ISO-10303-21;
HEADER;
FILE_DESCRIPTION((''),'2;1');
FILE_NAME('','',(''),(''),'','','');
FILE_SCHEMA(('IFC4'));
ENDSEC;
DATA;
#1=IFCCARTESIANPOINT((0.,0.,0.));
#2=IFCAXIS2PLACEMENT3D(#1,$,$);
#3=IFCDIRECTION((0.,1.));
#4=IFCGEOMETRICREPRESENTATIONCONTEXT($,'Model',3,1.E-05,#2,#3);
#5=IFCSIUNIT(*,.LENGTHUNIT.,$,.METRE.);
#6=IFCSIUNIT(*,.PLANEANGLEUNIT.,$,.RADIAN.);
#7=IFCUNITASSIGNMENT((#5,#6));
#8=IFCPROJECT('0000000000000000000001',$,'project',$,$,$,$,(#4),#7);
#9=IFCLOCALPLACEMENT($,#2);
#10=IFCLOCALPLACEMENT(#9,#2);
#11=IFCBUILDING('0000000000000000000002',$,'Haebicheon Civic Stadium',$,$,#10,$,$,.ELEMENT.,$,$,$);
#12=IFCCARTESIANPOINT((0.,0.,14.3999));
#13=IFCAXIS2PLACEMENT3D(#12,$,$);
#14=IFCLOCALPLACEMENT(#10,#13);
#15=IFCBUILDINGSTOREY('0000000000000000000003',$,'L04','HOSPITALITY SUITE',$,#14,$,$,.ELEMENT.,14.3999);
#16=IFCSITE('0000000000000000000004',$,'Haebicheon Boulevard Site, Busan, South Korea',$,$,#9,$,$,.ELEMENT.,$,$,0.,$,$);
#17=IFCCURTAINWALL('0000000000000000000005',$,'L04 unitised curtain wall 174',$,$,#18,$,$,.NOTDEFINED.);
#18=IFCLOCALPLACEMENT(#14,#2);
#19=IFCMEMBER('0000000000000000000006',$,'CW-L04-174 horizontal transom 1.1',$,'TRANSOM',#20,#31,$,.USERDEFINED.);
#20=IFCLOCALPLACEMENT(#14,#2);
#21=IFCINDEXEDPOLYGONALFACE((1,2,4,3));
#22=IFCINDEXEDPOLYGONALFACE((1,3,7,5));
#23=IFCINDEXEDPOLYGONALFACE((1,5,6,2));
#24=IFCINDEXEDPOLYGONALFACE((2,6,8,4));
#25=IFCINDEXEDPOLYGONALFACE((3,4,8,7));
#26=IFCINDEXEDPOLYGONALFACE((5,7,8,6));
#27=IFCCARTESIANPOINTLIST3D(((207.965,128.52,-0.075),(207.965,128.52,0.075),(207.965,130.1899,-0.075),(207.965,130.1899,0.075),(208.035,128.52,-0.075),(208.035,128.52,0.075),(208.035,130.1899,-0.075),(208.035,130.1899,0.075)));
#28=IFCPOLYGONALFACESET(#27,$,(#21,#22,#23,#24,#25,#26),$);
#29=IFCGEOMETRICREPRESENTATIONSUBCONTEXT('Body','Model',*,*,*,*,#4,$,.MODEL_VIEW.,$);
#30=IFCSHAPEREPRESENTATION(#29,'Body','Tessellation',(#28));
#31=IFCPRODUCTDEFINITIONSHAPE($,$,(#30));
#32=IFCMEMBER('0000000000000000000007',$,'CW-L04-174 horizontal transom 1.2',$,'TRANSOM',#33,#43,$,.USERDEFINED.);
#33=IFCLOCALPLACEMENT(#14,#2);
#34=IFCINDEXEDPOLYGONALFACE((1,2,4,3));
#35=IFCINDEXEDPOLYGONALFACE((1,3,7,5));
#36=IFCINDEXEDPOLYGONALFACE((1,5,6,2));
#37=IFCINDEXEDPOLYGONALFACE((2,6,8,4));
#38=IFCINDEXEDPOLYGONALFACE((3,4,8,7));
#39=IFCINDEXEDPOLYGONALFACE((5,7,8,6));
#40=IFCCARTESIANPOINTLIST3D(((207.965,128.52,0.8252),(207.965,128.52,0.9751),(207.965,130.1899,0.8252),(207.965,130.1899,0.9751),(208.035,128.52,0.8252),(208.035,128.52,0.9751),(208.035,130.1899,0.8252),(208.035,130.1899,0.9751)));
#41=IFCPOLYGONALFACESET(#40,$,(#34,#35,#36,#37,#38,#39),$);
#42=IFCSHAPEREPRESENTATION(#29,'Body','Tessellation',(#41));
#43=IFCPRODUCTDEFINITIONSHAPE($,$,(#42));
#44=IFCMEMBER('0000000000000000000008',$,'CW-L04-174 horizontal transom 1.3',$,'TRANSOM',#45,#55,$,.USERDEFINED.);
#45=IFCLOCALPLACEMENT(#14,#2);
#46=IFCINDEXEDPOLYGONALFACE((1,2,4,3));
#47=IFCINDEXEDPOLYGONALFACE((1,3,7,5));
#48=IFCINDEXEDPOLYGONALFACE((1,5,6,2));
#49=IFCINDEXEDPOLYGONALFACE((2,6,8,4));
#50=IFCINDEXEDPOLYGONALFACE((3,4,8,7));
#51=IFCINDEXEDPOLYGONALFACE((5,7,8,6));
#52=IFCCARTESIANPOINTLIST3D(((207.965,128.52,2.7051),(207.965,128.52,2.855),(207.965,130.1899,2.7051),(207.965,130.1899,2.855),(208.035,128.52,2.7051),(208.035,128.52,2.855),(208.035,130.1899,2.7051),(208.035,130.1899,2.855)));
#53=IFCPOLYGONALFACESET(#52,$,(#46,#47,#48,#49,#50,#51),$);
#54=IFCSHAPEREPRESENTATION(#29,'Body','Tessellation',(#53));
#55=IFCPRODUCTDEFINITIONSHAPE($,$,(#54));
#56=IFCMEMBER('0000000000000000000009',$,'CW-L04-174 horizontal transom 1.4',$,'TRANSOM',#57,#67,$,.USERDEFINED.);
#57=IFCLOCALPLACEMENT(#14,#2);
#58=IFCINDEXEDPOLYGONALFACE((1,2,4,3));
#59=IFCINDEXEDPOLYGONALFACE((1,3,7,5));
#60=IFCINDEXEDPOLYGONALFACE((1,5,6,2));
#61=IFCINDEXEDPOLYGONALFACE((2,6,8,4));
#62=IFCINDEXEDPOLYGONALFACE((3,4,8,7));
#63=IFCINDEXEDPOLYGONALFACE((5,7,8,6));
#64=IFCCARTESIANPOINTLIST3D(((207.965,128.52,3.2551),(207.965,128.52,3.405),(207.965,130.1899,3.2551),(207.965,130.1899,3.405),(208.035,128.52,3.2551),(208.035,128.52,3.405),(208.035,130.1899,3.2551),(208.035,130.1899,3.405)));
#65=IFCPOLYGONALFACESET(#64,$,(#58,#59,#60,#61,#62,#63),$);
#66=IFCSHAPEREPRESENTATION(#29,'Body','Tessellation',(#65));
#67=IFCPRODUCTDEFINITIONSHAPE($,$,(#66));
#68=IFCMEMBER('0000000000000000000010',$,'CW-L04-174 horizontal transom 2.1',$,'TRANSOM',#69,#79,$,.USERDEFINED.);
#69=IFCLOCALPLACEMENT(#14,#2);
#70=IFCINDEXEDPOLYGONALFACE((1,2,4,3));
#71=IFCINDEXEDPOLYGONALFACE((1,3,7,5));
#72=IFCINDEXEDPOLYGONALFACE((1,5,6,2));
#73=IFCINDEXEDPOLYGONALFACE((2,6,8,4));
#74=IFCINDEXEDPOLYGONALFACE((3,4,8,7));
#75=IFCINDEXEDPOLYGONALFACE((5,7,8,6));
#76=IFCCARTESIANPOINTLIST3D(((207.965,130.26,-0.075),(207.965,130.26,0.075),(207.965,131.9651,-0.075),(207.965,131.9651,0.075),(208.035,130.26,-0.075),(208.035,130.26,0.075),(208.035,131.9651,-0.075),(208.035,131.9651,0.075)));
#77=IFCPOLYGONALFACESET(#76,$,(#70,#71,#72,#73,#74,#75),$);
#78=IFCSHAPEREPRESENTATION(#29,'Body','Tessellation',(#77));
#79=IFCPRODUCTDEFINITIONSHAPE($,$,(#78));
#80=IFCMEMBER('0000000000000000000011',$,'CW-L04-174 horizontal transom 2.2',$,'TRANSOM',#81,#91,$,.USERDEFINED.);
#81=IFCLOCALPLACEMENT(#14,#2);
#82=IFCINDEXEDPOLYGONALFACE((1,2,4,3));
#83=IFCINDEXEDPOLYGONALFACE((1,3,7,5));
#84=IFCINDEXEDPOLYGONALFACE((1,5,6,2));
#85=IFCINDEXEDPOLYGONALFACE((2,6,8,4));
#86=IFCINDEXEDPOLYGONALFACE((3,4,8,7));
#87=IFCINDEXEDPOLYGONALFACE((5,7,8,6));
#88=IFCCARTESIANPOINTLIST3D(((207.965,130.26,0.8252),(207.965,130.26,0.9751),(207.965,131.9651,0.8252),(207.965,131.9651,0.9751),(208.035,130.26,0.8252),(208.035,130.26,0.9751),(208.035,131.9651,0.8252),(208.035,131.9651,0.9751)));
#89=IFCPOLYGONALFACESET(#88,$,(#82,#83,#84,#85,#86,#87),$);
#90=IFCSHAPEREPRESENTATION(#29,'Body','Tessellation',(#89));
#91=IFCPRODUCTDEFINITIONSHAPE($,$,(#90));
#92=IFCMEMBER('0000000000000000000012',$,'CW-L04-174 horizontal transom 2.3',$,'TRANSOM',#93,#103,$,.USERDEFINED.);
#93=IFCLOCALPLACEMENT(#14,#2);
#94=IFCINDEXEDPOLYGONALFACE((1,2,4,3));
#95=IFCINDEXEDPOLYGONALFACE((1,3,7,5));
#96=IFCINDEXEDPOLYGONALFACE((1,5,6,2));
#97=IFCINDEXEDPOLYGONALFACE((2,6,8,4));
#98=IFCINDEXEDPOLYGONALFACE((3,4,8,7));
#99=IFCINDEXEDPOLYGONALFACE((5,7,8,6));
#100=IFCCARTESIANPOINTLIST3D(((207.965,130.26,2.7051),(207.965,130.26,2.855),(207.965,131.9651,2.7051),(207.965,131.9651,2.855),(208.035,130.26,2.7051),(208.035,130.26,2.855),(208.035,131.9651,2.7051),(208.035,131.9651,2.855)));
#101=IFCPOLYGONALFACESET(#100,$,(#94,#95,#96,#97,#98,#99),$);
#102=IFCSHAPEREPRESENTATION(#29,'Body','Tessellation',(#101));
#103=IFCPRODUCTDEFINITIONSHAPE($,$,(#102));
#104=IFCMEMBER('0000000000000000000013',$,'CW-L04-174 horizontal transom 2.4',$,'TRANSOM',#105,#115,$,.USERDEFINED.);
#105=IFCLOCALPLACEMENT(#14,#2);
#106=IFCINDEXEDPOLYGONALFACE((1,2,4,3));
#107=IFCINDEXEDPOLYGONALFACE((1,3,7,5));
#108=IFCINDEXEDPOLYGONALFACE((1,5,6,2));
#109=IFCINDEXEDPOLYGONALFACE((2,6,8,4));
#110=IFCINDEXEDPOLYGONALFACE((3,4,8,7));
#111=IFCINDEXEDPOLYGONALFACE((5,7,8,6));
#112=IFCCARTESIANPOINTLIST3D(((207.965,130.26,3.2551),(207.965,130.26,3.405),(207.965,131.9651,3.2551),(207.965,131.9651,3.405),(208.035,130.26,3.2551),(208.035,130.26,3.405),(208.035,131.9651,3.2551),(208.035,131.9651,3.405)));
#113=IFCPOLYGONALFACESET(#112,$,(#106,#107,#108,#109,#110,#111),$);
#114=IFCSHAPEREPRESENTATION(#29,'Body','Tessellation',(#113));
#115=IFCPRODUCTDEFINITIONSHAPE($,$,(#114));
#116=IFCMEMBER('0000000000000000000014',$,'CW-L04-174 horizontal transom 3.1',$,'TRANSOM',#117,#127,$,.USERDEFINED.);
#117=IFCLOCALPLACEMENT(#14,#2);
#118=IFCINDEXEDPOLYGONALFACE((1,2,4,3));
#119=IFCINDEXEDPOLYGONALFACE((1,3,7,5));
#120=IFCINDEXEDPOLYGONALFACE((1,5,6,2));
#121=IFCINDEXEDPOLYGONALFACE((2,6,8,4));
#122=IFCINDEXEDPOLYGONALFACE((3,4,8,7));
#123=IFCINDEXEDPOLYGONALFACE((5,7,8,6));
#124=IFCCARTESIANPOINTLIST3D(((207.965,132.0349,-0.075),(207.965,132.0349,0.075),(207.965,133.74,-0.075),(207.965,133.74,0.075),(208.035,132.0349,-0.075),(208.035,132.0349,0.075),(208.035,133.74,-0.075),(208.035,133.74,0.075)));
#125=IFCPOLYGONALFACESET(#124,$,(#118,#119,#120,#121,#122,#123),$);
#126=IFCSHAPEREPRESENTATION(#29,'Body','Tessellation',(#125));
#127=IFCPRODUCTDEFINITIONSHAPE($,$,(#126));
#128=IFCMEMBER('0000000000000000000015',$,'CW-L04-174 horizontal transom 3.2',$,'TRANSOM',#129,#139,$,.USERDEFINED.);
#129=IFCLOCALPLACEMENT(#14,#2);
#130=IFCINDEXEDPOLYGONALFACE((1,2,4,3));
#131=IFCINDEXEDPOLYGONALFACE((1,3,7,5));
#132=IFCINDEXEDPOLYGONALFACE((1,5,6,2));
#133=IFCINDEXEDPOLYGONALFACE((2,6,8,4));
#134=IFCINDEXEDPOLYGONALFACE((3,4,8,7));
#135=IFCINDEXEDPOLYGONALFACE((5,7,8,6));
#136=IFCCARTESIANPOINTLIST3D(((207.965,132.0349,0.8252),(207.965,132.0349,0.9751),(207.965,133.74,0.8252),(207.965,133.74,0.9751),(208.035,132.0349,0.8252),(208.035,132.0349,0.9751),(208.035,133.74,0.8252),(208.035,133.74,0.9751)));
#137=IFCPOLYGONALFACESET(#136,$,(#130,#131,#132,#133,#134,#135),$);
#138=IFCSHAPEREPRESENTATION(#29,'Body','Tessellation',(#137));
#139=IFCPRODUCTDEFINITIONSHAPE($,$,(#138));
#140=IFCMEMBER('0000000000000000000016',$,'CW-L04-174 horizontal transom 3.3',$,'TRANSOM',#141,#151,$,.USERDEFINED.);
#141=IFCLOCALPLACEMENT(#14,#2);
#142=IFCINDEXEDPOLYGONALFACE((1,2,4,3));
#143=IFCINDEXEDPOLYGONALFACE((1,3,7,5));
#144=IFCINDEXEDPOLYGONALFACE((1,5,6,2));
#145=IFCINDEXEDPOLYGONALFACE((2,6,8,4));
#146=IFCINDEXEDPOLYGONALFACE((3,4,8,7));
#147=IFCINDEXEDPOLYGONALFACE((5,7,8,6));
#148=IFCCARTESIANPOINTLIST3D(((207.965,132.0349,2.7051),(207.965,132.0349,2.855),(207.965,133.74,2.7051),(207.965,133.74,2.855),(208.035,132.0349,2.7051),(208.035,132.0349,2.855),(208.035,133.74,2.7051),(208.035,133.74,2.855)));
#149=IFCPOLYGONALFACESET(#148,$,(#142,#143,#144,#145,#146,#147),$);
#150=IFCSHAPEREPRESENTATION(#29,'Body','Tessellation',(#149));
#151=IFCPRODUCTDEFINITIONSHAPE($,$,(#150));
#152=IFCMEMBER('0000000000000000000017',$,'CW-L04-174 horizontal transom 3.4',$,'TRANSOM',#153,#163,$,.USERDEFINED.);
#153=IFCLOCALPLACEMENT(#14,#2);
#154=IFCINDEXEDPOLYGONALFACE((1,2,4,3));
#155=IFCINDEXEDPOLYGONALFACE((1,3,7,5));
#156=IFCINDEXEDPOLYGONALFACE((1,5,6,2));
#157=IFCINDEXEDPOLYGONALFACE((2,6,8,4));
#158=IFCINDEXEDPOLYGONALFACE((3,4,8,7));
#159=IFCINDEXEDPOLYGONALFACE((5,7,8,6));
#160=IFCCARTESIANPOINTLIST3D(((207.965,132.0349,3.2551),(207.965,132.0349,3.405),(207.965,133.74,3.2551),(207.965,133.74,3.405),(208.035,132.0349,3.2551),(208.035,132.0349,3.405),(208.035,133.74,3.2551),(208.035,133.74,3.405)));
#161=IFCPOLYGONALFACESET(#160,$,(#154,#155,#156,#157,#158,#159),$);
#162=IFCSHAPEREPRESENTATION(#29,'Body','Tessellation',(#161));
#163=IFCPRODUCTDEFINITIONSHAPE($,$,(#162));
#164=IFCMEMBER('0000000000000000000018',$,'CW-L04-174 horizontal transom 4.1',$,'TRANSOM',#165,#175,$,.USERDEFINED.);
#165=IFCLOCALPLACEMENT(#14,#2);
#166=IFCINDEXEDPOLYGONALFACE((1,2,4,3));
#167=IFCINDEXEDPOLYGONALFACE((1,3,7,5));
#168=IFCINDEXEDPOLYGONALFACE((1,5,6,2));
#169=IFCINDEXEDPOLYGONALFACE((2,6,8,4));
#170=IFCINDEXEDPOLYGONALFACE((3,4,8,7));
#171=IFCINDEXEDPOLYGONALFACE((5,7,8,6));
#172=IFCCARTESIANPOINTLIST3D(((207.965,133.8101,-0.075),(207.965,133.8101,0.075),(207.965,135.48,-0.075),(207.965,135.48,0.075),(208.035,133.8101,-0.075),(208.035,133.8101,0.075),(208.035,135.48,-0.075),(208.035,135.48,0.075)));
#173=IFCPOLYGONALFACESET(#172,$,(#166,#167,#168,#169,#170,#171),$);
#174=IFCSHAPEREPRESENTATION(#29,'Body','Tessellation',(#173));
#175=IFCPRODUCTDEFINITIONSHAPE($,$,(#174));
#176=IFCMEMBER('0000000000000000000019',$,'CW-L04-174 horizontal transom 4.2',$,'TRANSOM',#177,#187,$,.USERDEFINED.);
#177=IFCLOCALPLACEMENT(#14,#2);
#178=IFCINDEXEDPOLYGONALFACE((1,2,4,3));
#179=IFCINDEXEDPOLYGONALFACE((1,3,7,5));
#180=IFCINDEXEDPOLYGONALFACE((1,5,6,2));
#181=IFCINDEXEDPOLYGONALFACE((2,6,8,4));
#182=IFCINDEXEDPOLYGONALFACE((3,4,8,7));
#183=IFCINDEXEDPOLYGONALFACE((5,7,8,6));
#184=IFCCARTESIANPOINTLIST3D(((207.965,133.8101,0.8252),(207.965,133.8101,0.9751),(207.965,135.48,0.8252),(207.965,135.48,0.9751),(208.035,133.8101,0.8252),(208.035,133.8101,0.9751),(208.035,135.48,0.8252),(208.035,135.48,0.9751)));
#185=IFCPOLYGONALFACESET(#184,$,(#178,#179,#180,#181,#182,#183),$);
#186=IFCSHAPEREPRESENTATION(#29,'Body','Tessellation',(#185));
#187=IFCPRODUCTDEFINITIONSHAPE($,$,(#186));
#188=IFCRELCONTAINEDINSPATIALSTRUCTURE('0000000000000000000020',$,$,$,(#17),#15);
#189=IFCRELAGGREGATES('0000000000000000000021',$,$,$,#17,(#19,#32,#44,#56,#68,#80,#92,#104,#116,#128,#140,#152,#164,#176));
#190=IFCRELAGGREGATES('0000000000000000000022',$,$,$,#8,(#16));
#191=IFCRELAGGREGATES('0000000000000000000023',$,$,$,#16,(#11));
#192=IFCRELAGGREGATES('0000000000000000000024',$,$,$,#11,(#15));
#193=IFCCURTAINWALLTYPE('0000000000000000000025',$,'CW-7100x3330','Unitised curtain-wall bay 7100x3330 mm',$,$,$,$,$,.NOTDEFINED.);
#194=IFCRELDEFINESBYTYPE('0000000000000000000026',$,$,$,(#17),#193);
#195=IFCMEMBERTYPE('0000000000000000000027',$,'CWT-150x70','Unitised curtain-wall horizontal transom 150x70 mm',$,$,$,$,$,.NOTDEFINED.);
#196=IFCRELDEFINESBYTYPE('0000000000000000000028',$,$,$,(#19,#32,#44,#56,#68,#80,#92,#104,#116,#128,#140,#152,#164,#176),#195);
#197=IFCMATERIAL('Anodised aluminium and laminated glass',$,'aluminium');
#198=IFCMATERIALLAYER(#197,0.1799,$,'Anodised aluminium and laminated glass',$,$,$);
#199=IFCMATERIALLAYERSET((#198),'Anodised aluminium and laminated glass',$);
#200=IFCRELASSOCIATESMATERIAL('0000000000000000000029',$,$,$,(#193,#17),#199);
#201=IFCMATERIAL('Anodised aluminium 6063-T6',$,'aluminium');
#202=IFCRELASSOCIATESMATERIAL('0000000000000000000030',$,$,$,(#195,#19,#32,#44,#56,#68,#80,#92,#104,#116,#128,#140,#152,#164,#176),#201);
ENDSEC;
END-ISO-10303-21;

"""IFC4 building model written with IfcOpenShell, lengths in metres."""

from ifc_helpers import new_model, si_unit, direction, frame, origin, origin_2d, place, context, subcontext, project, spatial, rectangle, extrude, material, layer, layer_set, material_profile, profile_set, type_object, element, aggregate, save


model = new_model("IFC4")

# Units and contexts
model_context = context("Model", 3, precision=1e-05, world=origin(), true_north=direction((0.0, 1.0)))
body_context = subcontext(model_context, "Body", "Model", "MODEL_VIEW")
ifc_project = project(units=[si_unit("LENGTHUNIT", "METRE"), si_unit("PLANEANGLEUNIT", "RADIAN")], contexts=[model_context])

# Site, building, storey
site_placement = place(None, origin())
site = spatial("IfcSite", under=ifc_project, at=site_placement, Name="Haebicheon Boulevard Site, Busan, South Korea", CompositionType="ELEMENT", RefElevation=0.0)
building_placement = place(site_placement, origin())
building = spatial("IfcBuilding", under=site, at=building_placement, Name="Haebicheon Civic Stadium", CompositionType="ELEMENT")
storey_placement = place(building_placement, frame((0.0, 0.0, 14.3999)))
storey = spatial("IfcBuildingStorey", under=building, at=storey_placement, Name="L04", Description="HOSPITALITY SUITE", CompositionType="ELEMENT", Elevation=14.3999)

# Curtain wall, members
ifc_material_1 = material(Name="Anodised aluminium and laminated glass", Category="aluminium")
ifc_layer_1 = layer(ifc_material_1, 0.1799, Name="Anodised aluminium and laminated glass")
ifc_layer_set_1 = layer_set([ifc_layer_1], Name="Anodised aluminium and laminated glass")
curtain_wall_type = type_object("IfcCurtainWallType", Name="CW-7100x3330", Description="Unitised curtain-wall bay 7100x3330 mm", PredefinedType="NOTDEFINED", material=ifc_layer_set_1)
curtain_wall_placement = place(storey_placement, origin())
curtain_wall = element("IfcCurtainWall", 1, at=curtain_wall_placement, inside=storey, type_object=curtain_wall_type, material=ifc_layer_set_1, Name="L04 unitised curtain wall 174", PredefinedType="NOTDEFINED")
ifc_material_2 = material(Name="Anodised aluminium 6063-T6", Category="aluminium")
ifc_material_profile_1 = material_profile(ifc_material_2, rectangle(XDim=0.0701, YDim=0.1499, at=origin_2d()), Name="ALU-TRAN-70x150")
ifc_profile_set_1 = profile_set([ifc_material_profile_1], Name="Anodised aluminium 6063-T6")
member_type_1 = type_object("IfcMemberType", Name="CWT-150x70", Description="Unitised curtain-wall horizontal transom 150x70 mm", PredefinedType="NOTDEFINED", material=ifc_profile_set_1)
member_1_placement = place(storey_placement, frame((208.0, 128.52, 0.0), z_axis=(0.0, 1.0, 0.0), x_axis=(-1.0, 0.0, 0.0)))
member_1 = element("IfcMember", 2, at=member_1_placement, type_object=member_type_1, material=ifc_profile_set_1, Name="CW-L04-174 horizontal transom 1.1", ObjectType="TRANSOM", PredefinedType="USERDEFINED", context=body_context, shape_type="SweptSolid", body=[
    extrude(rectangle(XDim=0.0701, YDim=0.1499, at=origin_2d()), origin(), (0.0, 0.0, 1.0), 1.6699),
])
member_2_placement = place(storey_placement, frame((208.0, 128.52, 0.9001), z_axis=(0.0, 1.0, 0.0), x_axis=(-1.0, 0.0, 0.0)))
member_2 = element("IfcMember", 3, at=member_2_placement, type_object=member_type_1, material=ifc_profile_set_1, Name="CW-L04-174 horizontal transom 1.2", ObjectType="TRANSOM", PredefinedType="USERDEFINED", context=body_context, shape_type="SweptSolid", body=[
    extrude(rectangle(XDim=0.0701, YDim=0.1499, at=origin_2d()), origin(), (0.0, 0.0, 1.0), 1.6699),
])
member_3_placement = place(storey_placement, frame((208.0, 128.52, 2.78), z_axis=(0.0, 1.0, 0.0), x_axis=(-1.0, 0.0, 0.0)))
member_3 = element("IfcMember", 4, at=member_3_placement, type_object=member_type_1, material=ifc_profile_set_1, Name="CW-L04-174 horizontal transom 1.3", ObjectType="TRANSOM", PredefinedType="USERDEFINED", context=body_context, shape_type="SweptSolid", body=[
    extrude(rectangle(XDim=0.0701, YDim=0.1499, at=origin_2d()), origin(), (0.0, 0.0, 1.0), 1.6699),
])
member_4_placement = place(storey_placement, frame((208.0, 128.52, 3.3301), z_axis=(0.0, 1.0, 0.0), x_axis=(-1.0, 0.0, 0.0)))
member_4 = element("IfcMember", 5, at=member_4_placement, type_object=member_type_1, material=ifc_profile_set_1, Name="CW-L04-174 horizontal transom 1.4", ObjectType="TRANSOM", PredefinedType="USERDEFINED", context=body_context, shape_type="SweptSolid", body=[
    extrude(rectangle(XDim=0.0701, YDim=0.1499, at=origin_2d()), origin(), (0.0, 0.0, 1.0), 1.6699),
])
member_5_placement = place(storey_placement, frame((208.0, 130.26, 0.0), z_axis=(0.0, 1.0, 0.0), x_axis=(-1.0, 0.0, 0.0)))
member_5 = element("IfcMember", 6, at=member_5_placement, type_object=member_type_1, material=ifc_profile_set_1, Name="CW-L04-174 horizontal transom 2.1", ObjectType="TRANSOM", PredefinedType="USERDEFINED", context=body_context, shape_type="SweptSolid", body=[
    extrude(rectangle(XDim=0.0701, YDim=0.1499, at=origin_2d()), origin(), (0.0, 0.0, 1.0), 1.7051),
])
member_6_placement = place(storey_placement, frame((208.0, 130.26, 0.9001), z_axis=(0.0, 1.0, 0.0), x_axis=(-1.0, 0.0, 0.0)))
member_6 = element("IfcMember", 7, at=member_6_placement, type_object=member_type_1, material=ifc_profile_set_1, Name="CW-L04-174 horizontal transom 2.2", ObjectType="TRANSOM", PredefinedType="USERDEFINED", context=body_context, shape_type="SweptSolid", body=[
    extrude(rectangle(XDim=0.0701, YDim=0.1499, at=origin_2d()), origin(), (0.0, 0.0, 1.0), 1.7051),
])
member_7_placement = place(storey_placement, frame((208.0, 130.26, 2.78), z_axis=(0.0, 1.0, 0.0), x_axis=(-1.0, 0.0, 0.0)))
member_7 = element("IfcMember", 8, at=member_7_placement, type_object=member_type_1, material=ifc_profile_set_1, Name="CW-L04-174 horizontal transom 2.3", ObjectType="TRANSOM", PredefinedType="USERDEFINED", context=body_context, shape_type="SweptSolid", body=[
    extrude(rectangle(XDim=0.0701, YDim=0.1499, at=origin_2d()), origin(), (0.0, 0.0, 1.0), 1.7051),
])
member_8_placement = place(storey_placement, frame((208.0, 130.26, 3.3301), z_axis=(0.0, 1.0, 0.0), x_axis=(-1.0, 0.0, 0.0)))
member_8 = element("IfcMember", 9, at=member_8_placement, type_object=member_type_1, material=ifc_profile_set_1, Name="CW-L04-174 horizontal transom 2.4", ObjectType="TRANSOM", PredefinedType="USERDEFINED", context=body_context, shape_type="SweptSolid", body=[
    extrude(rectangle(XDim=0.0701, YDim=0.1499, at=origin_2d()), origin(), (0.0, 0.0, 1.0), 1.7051),
])
member_9_placement = place(storey_placement, frame((208.0, 132.0349, 0.0), z_axis=(0.0, 1.0, 0.0), x_axis=(-1.0, 0.0, 0.0)))
member_9 = element("IfcMember", 10, at=member_9_placement, type_object=member_type_1, material=ifc_profile_set_1, Name="CW-L04-174 horizontal transom 3.1", ObjectType="TRANSOM", PredefinedType="USERDEFINED", context=body_context, shape_type="SweptSolid", body=[
    extrude(rectangle(XDim=0.0701, YDim=0.1499, at=origin_2d()), origin(), (0.0, 0.0, 1.0), 1.7051),
])
member_10_placement = place(storey_placement, frame((208.0, 132.0349, 0.9001), z_axis=(0.0, 1.0, 0.0), x_axis=(-1.0, 0.0, 0.0)))
member_10 = element("IfcMember", 11, at=member_10_placement, type_object=member_type_1, material=ifc_profile_set_1, Name="CW-L04-174 horizontal transom 3.2", ObjectType="TRANSOM", PredefinedType="USERDEFINED", context=body_context, shape_type="SweptSolid", body=[
    extrude(rectangle(XDim=0.0701, YDim=0.1499, at=origin_2d()), origin(), (0.0, 0.0, 1.0), 1.7051),
])
member_11_placement = place(storey_placement, frame((208.0, 132.0349, 2.78), z_axis=(0.0, 1.0, 0.0), x_axis=(-1.0, 0.0, 0.0)))
member_11 = element("IfcMember", 12, at=member_11_placement, type_object=member_type_1, material=ifc_profile_set_1, Name="CW-L04-174 horizontal transom 3.3", ObjectType="TRANSOM", PredefinedType="USERDEFINED", context=body_context, shape_type="SweptSolid", body=[
    extrude(rectangle(XDim=0.0701, YDim=0.1499, at=origin_2d()), origin(), (0.0, 0.0, 1.0), 1.7051),
])
member_12_placement = place(storey_placement, frame((208.0, 132.0349, 3.3301), z_axis=(0.0, 1.0, 0.0), x_axis=(-1.0, 0.0, 0.0)))
member_12 = element("IfcMember", 13, at=member_12_placement, type_object=member_type_1, material=ifc_profile_set_1, Name="CW-L04-174 horizontal transom 3.4", ObjectType="TRANSOM", PredefinedType="USERDEFINED", context=body_context, shape_type="SweptSolid", body=[
    extrude(rectangle(XDim=0.0701, YDim=0.1499, at=origin_2d()), origin(), (0.0, 0.0, 1.0), 1.7051),
])
member_13_placement = place(storey_placement, frame((208.0, 133.8101, 0.0), z_axis=(0.0, 1.0, 0.0), x_axis=(-1.0, 0.0, 0.0)))
member_13 = element("IfcMember", 14, at=member_13_placement, type_object=member_type_1, material=ifc_profile_set_1, Name="CW-L04-174 horizontal transom 4.1", ObjectType="TRANSOM", PredefinedType="USERDEFINED", context=body_context, shape_type="SweptSolid", body=[
    extrude(rectangle(XDim=0.0701, YDim=0.1499, at=origin_2d()), origin(), (0.0, 0.0, 1.0), 1.6699),
])
member_14_placement = place(storey_placement, frame((208.0, 133.8101, 0.9001), z_axis=(0.0, 1.0, 0.0), x_axis=(-1.0, 0.0, 0.0)))
member_14 = element("IfcMember", 15, at=member_14_placement, type_object=member_type_1, material=ifc_profile_set_1, Name="CW-L04-174 horizontal transom 4.2", ObjectType="TRANSOM", PredefinedType="USERDEFINED", context=body_context, shape_type="SweptSolid", body=[
    extrude(rectangle(XDim=0.0701, YDim=0.1499, at=origin_2d()), origin(), (0.0, 0.0, 1.0), 1.6699),
])

aggregate(curtain_wall, [member_1, member_2, member_3, member_4, member_5, member_6, member_7, member_8, member_9, member_10, member_11, member_12, member_13, member_14])

save(model, "model.ifc")
